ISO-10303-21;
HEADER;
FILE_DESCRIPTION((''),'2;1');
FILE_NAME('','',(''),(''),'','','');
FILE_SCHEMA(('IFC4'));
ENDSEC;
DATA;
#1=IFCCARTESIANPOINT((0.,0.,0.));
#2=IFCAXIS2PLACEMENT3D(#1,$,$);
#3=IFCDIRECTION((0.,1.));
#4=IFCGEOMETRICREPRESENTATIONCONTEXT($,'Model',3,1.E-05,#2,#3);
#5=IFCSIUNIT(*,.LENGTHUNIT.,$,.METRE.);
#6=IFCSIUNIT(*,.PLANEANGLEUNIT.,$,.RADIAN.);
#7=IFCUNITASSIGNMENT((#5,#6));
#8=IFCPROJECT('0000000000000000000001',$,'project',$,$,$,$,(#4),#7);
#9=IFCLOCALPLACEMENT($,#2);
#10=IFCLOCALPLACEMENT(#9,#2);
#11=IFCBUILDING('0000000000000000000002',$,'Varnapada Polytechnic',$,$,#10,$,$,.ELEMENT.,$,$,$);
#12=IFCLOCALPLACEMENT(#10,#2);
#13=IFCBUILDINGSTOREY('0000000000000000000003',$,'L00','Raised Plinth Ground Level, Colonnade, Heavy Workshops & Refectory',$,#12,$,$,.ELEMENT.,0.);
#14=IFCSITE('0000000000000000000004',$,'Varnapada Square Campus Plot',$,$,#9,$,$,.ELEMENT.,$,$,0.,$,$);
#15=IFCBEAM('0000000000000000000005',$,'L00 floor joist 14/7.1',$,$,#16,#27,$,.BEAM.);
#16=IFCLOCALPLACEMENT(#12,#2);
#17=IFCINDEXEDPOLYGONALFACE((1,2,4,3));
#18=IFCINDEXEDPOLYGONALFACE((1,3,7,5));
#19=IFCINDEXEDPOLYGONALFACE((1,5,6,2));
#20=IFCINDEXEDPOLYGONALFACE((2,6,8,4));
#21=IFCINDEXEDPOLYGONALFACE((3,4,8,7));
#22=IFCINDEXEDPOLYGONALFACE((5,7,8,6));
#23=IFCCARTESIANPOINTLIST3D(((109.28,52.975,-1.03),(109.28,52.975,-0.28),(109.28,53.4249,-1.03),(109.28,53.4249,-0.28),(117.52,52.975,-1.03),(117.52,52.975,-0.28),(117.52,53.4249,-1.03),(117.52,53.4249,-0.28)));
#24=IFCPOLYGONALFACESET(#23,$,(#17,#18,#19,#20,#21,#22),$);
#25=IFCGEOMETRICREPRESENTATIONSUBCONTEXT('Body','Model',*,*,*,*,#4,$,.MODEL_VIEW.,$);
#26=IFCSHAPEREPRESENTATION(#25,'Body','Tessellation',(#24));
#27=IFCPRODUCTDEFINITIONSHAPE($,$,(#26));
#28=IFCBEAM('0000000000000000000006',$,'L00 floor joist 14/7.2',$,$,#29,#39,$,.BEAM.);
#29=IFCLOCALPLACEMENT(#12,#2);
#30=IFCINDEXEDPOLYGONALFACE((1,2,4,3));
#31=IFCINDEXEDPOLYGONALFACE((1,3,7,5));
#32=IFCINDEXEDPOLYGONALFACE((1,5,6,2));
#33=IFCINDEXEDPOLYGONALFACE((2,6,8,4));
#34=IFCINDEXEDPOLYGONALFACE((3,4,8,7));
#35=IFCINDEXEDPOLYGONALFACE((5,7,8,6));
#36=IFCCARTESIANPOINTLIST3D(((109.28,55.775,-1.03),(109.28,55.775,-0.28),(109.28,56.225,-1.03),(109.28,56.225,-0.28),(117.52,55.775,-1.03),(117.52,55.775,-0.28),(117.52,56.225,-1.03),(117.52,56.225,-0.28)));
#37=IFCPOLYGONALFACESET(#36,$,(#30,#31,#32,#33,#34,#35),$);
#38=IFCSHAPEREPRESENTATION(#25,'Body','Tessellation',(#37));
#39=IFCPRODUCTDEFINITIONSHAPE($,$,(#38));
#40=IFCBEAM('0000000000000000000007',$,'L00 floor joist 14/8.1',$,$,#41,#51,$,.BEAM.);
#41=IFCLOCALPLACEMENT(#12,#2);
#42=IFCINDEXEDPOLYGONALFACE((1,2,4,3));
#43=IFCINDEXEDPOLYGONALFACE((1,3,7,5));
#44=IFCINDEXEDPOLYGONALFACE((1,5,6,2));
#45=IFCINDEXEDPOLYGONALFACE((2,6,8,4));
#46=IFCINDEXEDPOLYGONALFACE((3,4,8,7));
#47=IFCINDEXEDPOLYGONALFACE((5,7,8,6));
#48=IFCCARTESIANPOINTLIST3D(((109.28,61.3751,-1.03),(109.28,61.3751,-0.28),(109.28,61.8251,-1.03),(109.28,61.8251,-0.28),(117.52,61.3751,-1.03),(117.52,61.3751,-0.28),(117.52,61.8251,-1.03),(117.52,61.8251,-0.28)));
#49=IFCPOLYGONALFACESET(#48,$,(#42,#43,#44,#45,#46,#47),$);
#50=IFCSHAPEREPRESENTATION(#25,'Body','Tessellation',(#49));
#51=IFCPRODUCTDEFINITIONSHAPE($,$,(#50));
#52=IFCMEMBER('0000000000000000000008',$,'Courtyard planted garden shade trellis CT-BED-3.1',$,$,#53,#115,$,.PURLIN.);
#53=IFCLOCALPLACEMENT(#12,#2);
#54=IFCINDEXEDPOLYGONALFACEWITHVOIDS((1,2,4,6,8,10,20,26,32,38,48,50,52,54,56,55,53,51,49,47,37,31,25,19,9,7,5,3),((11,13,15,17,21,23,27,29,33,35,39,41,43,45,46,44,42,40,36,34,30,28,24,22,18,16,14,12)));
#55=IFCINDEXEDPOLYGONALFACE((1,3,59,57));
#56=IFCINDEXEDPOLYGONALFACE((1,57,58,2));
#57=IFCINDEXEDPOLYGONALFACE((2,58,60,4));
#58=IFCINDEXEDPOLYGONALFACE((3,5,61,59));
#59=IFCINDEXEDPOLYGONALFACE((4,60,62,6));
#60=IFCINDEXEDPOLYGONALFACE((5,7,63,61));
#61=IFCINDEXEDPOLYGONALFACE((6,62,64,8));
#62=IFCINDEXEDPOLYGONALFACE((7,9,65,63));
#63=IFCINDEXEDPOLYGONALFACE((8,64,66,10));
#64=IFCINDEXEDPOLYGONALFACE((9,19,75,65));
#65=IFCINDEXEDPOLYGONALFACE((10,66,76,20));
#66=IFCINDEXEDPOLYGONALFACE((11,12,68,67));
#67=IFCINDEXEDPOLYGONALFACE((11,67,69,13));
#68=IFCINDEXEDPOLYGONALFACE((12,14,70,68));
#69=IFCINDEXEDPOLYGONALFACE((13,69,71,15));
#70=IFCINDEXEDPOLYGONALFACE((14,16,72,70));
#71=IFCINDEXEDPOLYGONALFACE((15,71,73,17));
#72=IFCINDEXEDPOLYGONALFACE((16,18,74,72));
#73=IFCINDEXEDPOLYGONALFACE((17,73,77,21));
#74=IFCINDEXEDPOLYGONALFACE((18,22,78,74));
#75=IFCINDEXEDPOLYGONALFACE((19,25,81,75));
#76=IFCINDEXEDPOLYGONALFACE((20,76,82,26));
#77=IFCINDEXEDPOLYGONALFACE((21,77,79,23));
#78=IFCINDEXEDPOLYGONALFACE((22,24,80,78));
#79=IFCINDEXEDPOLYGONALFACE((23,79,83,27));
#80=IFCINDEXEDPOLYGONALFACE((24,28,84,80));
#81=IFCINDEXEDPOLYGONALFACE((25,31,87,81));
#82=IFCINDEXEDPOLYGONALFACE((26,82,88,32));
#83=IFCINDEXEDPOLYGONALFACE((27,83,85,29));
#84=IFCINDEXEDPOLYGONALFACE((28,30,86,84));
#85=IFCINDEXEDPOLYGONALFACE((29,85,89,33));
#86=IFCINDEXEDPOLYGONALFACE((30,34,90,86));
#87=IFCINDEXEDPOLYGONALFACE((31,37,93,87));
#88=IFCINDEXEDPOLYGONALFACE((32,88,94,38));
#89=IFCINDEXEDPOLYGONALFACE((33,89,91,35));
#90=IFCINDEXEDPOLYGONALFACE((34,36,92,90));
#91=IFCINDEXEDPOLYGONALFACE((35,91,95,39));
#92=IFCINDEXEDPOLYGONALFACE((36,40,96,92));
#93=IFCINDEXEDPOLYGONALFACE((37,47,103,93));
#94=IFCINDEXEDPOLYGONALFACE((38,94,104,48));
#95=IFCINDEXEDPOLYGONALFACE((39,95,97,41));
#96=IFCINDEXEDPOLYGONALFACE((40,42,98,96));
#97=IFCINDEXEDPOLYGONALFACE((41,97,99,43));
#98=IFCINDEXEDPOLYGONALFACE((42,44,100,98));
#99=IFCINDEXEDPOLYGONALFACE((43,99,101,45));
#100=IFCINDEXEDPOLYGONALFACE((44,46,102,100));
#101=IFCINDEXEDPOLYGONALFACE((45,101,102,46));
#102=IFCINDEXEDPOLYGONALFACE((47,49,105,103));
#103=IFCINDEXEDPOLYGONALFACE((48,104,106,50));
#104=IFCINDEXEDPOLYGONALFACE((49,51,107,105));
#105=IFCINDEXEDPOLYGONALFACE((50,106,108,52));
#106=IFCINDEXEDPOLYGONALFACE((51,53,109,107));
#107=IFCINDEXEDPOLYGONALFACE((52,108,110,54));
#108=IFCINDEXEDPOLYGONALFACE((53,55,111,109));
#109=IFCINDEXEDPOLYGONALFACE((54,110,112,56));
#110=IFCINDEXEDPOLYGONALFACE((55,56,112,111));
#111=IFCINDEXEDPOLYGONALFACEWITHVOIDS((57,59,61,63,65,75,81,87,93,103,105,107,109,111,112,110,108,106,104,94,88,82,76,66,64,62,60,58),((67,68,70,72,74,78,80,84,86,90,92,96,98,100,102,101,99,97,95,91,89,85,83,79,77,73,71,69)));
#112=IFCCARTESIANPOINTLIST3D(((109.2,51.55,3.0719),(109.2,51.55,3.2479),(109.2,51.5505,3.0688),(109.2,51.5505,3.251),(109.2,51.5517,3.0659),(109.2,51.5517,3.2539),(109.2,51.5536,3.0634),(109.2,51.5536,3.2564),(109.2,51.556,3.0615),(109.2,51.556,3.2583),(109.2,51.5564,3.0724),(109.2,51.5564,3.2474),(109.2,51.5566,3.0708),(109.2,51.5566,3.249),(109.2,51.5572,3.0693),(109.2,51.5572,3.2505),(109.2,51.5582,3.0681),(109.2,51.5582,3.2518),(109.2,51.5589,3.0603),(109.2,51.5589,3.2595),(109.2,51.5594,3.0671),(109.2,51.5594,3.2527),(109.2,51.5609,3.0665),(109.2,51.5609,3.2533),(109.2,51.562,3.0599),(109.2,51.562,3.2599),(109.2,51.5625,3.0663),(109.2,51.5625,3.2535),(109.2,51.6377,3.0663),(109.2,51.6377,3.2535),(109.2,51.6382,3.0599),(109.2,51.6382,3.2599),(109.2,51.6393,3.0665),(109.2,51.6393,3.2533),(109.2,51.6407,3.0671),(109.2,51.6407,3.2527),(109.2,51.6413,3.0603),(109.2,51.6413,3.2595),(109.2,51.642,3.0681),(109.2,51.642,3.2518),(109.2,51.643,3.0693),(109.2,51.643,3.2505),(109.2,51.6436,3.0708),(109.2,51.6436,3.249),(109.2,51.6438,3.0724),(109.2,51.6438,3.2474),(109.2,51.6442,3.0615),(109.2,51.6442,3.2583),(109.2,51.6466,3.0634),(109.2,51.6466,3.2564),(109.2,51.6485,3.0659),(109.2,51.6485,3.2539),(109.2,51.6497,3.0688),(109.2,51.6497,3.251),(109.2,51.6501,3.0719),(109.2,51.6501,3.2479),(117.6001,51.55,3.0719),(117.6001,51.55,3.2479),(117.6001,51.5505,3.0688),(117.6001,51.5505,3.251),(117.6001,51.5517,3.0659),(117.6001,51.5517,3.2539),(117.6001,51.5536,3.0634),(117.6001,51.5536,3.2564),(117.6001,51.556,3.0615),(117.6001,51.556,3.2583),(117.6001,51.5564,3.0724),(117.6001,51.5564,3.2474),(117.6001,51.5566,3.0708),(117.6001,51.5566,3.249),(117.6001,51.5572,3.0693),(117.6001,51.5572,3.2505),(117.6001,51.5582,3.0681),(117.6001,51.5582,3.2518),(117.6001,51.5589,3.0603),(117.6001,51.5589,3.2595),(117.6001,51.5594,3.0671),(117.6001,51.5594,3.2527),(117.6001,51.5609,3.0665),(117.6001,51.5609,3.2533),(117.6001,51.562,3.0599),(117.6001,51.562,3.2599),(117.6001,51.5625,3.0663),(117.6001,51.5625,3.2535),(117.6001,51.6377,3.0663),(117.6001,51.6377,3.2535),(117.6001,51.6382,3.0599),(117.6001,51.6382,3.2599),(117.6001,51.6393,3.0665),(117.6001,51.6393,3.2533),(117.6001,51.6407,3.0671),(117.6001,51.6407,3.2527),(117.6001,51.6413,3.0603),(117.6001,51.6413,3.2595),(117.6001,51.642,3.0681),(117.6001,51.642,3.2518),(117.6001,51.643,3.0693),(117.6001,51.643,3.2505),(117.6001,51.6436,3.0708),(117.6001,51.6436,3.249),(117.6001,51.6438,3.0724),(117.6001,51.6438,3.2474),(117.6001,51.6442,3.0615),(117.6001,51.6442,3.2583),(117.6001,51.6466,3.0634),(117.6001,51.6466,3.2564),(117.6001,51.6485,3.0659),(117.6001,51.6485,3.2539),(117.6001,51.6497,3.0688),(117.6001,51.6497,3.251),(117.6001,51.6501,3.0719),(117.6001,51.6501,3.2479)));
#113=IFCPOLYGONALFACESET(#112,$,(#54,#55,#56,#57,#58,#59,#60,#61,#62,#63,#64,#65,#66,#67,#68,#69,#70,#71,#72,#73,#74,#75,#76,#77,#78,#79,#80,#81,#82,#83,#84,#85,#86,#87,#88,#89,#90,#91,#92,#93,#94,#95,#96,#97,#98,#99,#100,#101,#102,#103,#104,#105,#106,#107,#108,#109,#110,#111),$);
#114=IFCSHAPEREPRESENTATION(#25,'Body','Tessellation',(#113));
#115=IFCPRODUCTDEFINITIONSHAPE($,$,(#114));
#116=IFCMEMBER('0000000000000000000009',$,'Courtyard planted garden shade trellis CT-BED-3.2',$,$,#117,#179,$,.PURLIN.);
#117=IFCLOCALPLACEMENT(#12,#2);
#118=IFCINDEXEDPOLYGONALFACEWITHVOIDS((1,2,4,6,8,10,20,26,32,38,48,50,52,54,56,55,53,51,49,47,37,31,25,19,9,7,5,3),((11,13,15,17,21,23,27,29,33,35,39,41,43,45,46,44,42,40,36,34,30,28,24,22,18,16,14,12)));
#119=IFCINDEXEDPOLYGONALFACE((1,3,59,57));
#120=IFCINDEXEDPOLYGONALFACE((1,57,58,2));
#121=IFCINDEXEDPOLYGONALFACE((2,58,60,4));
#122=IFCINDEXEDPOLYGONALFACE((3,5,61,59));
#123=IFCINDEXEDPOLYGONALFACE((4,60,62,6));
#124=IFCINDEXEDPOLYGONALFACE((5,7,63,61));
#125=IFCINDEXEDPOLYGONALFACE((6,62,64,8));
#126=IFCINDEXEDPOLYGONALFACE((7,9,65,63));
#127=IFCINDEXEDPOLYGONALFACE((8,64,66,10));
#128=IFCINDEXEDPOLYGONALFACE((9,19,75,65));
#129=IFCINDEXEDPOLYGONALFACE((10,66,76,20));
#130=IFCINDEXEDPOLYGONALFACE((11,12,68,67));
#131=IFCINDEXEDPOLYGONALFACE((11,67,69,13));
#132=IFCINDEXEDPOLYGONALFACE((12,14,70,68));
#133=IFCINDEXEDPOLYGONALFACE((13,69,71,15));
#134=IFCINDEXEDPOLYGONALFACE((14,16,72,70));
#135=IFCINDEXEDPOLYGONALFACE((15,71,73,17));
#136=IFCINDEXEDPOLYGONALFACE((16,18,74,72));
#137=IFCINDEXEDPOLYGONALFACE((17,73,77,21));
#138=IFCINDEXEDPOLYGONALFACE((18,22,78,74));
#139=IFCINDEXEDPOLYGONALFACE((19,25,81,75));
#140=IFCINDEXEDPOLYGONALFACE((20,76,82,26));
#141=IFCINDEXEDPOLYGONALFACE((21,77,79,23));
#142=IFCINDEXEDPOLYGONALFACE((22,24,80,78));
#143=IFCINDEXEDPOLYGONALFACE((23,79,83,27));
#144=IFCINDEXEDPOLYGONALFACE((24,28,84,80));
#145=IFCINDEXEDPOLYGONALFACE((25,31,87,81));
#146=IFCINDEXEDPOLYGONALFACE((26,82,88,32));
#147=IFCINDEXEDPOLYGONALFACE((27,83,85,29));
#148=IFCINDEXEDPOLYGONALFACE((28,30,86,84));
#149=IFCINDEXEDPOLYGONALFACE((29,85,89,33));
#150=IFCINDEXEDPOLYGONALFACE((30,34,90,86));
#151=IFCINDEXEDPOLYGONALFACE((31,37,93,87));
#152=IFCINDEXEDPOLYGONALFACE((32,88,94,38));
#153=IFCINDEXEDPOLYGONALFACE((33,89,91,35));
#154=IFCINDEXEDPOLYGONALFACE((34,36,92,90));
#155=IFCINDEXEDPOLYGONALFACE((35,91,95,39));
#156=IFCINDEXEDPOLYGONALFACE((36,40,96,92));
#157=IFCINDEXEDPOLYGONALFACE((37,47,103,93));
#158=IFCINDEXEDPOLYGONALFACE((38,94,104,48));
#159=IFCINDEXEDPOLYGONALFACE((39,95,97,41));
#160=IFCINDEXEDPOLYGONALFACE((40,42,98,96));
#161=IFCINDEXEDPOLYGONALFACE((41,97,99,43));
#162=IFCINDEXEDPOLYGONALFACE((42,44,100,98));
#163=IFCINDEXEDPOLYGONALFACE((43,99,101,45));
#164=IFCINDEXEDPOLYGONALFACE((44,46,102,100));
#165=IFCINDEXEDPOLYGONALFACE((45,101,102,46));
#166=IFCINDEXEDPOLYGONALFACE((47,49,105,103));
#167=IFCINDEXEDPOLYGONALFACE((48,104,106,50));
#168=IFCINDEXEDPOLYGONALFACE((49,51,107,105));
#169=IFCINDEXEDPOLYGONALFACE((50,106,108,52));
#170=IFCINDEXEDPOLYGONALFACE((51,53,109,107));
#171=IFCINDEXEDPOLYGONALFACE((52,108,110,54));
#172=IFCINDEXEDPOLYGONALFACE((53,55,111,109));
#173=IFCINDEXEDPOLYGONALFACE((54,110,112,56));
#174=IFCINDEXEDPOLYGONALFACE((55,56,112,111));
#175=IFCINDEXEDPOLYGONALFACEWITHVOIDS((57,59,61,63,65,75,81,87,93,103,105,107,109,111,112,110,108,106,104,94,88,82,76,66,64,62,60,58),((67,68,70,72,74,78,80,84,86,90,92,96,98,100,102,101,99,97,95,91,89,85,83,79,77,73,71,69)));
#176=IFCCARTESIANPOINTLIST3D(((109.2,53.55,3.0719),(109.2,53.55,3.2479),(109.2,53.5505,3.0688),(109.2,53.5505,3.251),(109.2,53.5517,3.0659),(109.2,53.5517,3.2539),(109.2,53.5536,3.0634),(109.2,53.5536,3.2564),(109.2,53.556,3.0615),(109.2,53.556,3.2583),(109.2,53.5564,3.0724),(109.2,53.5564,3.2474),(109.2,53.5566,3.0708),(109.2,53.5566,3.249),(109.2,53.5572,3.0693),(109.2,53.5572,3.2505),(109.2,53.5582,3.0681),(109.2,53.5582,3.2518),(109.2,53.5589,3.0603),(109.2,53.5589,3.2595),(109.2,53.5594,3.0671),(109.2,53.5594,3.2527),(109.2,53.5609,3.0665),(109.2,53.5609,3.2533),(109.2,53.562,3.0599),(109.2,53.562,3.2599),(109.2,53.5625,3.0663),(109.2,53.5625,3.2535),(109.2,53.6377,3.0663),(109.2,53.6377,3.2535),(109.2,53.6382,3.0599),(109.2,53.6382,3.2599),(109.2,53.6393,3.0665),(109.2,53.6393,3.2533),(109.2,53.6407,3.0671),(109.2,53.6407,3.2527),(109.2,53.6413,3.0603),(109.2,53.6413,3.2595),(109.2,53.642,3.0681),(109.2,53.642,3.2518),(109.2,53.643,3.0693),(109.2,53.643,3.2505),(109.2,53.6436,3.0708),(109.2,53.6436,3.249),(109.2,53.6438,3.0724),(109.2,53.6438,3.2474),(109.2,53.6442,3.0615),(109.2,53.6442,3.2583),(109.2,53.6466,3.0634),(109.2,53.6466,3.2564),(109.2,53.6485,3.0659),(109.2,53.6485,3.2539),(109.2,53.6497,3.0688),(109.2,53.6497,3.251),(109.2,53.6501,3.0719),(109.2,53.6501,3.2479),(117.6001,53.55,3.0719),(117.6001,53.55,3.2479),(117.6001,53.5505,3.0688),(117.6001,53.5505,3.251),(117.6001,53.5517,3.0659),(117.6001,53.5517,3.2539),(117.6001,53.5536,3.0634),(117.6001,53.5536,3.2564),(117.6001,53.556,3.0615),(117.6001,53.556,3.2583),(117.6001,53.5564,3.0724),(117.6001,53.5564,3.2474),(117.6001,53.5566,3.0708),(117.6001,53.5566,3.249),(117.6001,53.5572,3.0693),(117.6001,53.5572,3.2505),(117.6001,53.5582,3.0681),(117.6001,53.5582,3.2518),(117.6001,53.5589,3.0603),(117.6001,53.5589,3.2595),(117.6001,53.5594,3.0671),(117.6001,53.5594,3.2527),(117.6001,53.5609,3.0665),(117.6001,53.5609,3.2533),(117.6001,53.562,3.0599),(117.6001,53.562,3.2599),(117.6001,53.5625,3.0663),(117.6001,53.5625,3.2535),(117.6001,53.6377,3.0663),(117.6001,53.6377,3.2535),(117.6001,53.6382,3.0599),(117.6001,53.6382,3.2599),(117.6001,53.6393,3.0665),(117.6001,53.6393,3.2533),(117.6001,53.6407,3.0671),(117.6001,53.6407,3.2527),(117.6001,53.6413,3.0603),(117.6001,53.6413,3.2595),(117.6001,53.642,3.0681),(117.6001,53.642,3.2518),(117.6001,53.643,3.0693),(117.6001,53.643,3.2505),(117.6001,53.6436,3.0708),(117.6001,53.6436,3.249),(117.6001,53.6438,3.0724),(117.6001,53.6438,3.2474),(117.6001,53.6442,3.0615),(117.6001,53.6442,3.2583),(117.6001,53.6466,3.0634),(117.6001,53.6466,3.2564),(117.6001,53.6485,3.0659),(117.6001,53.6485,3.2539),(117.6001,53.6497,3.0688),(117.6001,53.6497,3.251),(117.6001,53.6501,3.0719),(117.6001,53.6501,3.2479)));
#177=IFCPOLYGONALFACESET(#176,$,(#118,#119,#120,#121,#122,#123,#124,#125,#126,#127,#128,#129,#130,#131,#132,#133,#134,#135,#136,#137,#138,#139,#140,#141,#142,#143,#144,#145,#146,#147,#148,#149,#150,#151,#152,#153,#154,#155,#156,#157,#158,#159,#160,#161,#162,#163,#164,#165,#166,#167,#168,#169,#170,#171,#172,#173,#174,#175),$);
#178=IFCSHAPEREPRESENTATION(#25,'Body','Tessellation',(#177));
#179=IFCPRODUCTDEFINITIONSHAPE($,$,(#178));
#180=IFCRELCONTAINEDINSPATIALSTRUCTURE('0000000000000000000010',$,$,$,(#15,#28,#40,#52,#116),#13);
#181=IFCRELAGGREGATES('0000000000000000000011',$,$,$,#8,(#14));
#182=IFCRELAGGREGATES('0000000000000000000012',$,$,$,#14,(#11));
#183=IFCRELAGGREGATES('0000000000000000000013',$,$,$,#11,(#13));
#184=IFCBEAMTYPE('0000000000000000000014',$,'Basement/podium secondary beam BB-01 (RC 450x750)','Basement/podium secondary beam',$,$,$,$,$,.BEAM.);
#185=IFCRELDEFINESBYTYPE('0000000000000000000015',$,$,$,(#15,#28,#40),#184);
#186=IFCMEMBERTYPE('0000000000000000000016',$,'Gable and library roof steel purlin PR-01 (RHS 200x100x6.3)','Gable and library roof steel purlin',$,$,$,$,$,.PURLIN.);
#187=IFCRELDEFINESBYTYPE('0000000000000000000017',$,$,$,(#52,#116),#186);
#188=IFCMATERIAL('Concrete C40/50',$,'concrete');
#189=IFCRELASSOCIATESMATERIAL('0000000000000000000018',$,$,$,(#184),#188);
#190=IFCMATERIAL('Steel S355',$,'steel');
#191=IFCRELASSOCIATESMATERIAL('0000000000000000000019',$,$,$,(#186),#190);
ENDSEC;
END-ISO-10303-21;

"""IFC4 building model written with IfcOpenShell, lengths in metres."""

from ifc_helpers import new_model, si_unit, direction, frame, origin, origin_2d, place, context, subcontext, project, spatial, rectangle, hollow_rectangle, extrude, material, material_profile, profile_set, type_object, element, save


model = new_model("IFC4")

# Units and contexts
model_context = context("Model", 3, precision=1e-05, world=origin(), true_north=direction((0.0, 1.0)))
body_context = subcontext(model_context, "Body", "Model", "MODEL_VIEW")
ifc_project = project(units=[si_unit("LENGTHUNIT", "METRE"), si_unit("PLANEANGLEUNIT", "RADIAN")], contexts=[model_context])

# Site, building, storey
site_placement = place(None, origin())
site = spatial("IfcSite", under=ifc_project, at=site_placement, Name="Varnapada Square Campus Plot", CompositionType="ELEMENT", RefElevation=0.0)
building_placement = place(site_placement, origin())
building = spatial("IfcBuilding", under=site, at=building_placement, Name="Varnapada Polytechnic", CompositionType="ELEMENT")
storey_placement = place(building_placement, origin())
storey = spatial("IfcBuildingStorey", under=building, at=storey_placement, Name="L00", Description="Raised Plinth Ground Level, Colonnade, Heavy Workshops & Refectory", CompositionType="ELEMENT", Elevation=0.0)

# Beams
ifc_material_1 = material(Name="Concrete C40/50", Category="concrete")
ifc_material_profile_1 = material_profile(ifc_material_1, rectangle(XDim=0.45, YDim=0.75, at=origin_2d()), Name="RC 450x750")
ifc_profile_set_1 = profile_set([ifc_material_profile_1], Name="Concrete C40/50")
beam_type_1 = type_object("IfcBeamType", Name="Basement/podium secondary beam BB-01 (RC 450x750)", Description="Basement/podium secondary beam", PredefinedType="BEAM", material=ifc_profile_set_1)
for number, where, z_axis, x_axis, name in (
    (1, (109.28, 53.2, -0.655), (1.0, 0.0, 0.0), (0.0, 1.0, 0.0), "L00 floor joist 14/7.1"),
    (2, (109.28, 56.0, -0.655), (1.0, 0.0, 0.0), (0.0, 1.0, 0.0), "L00 floor joist 14/7.2"),
    (3, (109.28, 61.6001, -0.655), (1.0, 0.0, 0.0), (0.0, 1.0, 0.0), "L00 floor joist 14/8.1"),
):
    element("IfcBeam", number, at=place(storey_placement, frame(where, z_axis=z_axis, x_axis=x_axis)), inside=storey, type_object=beam_type_1, Name=name, PredefinedType="BEAM", context=body_context, shape_type="SweptSolid", body=[
        extrude(rectangle(XDim=0.45, YDim=0.75, at=origin_2d()), origin(), (0.0, 0.0, 1.0), 8.24),
    ])

# Members
ifc_material_2 = material(Name="Steel S355", Category="steel")
ifc_material_profile_2 = material_profile(ifc_material_2, hollow_rectangle(XDim=0.1001, YDim=0.2, WallThickness=0.0063, InnerFilletRadius=0.0061, OuterFilletRadius=0.012, at=origin_2d()), Name="RHS 200x100x6.3")
ifc_profile_set_2 = profile_set([ifc_material_profile_2], Name="Steel S355")
member_type_1 = type_object("IfcMemberType", Name="Gable and library roof steel purlin PR-01 (RHS 200x100x6.3)", Description="Gable and library roof steel purlin", PredefinedType="PURLIN", material=ifc_profile_set_2)
for number, where, z_axis, x_axis, name in (
    (4, (109.2, 51.6001, 3.1599), (1.0, 0.0, 0.0), (0.0, 1.0, 0.0), "Courtyard planted garden shade trellis CT-BED-3.1"),
    (5, (109.2, 53.6001, 3.1599), (1.0, 0.0, 0.0), (0.0, 1.0, 0.0), "Courtyard planted garden shade trellis CT-BED-3.2"),
):
    element("IfcMember", number, at=place(storey_placement, frame(where, z_axis=z_axis, x_axis=x_axis)), inside=storey, type_object=member_type_1, Name=name, PredefinedType="PURLIN", context=body_context, shape_type="SweptSolid", body=[
        extrude(hollow_rectangle(XDim=0.1001, YDim=0.2, WallThickness=0.0063, InnerFilletRadius=0.0061, OuterFilletRadius=0.012, at=origin_2d()), origin(), (0.0, 0.0, 1.0), 8.4001),
    ])

save(model, "model.ifc")
